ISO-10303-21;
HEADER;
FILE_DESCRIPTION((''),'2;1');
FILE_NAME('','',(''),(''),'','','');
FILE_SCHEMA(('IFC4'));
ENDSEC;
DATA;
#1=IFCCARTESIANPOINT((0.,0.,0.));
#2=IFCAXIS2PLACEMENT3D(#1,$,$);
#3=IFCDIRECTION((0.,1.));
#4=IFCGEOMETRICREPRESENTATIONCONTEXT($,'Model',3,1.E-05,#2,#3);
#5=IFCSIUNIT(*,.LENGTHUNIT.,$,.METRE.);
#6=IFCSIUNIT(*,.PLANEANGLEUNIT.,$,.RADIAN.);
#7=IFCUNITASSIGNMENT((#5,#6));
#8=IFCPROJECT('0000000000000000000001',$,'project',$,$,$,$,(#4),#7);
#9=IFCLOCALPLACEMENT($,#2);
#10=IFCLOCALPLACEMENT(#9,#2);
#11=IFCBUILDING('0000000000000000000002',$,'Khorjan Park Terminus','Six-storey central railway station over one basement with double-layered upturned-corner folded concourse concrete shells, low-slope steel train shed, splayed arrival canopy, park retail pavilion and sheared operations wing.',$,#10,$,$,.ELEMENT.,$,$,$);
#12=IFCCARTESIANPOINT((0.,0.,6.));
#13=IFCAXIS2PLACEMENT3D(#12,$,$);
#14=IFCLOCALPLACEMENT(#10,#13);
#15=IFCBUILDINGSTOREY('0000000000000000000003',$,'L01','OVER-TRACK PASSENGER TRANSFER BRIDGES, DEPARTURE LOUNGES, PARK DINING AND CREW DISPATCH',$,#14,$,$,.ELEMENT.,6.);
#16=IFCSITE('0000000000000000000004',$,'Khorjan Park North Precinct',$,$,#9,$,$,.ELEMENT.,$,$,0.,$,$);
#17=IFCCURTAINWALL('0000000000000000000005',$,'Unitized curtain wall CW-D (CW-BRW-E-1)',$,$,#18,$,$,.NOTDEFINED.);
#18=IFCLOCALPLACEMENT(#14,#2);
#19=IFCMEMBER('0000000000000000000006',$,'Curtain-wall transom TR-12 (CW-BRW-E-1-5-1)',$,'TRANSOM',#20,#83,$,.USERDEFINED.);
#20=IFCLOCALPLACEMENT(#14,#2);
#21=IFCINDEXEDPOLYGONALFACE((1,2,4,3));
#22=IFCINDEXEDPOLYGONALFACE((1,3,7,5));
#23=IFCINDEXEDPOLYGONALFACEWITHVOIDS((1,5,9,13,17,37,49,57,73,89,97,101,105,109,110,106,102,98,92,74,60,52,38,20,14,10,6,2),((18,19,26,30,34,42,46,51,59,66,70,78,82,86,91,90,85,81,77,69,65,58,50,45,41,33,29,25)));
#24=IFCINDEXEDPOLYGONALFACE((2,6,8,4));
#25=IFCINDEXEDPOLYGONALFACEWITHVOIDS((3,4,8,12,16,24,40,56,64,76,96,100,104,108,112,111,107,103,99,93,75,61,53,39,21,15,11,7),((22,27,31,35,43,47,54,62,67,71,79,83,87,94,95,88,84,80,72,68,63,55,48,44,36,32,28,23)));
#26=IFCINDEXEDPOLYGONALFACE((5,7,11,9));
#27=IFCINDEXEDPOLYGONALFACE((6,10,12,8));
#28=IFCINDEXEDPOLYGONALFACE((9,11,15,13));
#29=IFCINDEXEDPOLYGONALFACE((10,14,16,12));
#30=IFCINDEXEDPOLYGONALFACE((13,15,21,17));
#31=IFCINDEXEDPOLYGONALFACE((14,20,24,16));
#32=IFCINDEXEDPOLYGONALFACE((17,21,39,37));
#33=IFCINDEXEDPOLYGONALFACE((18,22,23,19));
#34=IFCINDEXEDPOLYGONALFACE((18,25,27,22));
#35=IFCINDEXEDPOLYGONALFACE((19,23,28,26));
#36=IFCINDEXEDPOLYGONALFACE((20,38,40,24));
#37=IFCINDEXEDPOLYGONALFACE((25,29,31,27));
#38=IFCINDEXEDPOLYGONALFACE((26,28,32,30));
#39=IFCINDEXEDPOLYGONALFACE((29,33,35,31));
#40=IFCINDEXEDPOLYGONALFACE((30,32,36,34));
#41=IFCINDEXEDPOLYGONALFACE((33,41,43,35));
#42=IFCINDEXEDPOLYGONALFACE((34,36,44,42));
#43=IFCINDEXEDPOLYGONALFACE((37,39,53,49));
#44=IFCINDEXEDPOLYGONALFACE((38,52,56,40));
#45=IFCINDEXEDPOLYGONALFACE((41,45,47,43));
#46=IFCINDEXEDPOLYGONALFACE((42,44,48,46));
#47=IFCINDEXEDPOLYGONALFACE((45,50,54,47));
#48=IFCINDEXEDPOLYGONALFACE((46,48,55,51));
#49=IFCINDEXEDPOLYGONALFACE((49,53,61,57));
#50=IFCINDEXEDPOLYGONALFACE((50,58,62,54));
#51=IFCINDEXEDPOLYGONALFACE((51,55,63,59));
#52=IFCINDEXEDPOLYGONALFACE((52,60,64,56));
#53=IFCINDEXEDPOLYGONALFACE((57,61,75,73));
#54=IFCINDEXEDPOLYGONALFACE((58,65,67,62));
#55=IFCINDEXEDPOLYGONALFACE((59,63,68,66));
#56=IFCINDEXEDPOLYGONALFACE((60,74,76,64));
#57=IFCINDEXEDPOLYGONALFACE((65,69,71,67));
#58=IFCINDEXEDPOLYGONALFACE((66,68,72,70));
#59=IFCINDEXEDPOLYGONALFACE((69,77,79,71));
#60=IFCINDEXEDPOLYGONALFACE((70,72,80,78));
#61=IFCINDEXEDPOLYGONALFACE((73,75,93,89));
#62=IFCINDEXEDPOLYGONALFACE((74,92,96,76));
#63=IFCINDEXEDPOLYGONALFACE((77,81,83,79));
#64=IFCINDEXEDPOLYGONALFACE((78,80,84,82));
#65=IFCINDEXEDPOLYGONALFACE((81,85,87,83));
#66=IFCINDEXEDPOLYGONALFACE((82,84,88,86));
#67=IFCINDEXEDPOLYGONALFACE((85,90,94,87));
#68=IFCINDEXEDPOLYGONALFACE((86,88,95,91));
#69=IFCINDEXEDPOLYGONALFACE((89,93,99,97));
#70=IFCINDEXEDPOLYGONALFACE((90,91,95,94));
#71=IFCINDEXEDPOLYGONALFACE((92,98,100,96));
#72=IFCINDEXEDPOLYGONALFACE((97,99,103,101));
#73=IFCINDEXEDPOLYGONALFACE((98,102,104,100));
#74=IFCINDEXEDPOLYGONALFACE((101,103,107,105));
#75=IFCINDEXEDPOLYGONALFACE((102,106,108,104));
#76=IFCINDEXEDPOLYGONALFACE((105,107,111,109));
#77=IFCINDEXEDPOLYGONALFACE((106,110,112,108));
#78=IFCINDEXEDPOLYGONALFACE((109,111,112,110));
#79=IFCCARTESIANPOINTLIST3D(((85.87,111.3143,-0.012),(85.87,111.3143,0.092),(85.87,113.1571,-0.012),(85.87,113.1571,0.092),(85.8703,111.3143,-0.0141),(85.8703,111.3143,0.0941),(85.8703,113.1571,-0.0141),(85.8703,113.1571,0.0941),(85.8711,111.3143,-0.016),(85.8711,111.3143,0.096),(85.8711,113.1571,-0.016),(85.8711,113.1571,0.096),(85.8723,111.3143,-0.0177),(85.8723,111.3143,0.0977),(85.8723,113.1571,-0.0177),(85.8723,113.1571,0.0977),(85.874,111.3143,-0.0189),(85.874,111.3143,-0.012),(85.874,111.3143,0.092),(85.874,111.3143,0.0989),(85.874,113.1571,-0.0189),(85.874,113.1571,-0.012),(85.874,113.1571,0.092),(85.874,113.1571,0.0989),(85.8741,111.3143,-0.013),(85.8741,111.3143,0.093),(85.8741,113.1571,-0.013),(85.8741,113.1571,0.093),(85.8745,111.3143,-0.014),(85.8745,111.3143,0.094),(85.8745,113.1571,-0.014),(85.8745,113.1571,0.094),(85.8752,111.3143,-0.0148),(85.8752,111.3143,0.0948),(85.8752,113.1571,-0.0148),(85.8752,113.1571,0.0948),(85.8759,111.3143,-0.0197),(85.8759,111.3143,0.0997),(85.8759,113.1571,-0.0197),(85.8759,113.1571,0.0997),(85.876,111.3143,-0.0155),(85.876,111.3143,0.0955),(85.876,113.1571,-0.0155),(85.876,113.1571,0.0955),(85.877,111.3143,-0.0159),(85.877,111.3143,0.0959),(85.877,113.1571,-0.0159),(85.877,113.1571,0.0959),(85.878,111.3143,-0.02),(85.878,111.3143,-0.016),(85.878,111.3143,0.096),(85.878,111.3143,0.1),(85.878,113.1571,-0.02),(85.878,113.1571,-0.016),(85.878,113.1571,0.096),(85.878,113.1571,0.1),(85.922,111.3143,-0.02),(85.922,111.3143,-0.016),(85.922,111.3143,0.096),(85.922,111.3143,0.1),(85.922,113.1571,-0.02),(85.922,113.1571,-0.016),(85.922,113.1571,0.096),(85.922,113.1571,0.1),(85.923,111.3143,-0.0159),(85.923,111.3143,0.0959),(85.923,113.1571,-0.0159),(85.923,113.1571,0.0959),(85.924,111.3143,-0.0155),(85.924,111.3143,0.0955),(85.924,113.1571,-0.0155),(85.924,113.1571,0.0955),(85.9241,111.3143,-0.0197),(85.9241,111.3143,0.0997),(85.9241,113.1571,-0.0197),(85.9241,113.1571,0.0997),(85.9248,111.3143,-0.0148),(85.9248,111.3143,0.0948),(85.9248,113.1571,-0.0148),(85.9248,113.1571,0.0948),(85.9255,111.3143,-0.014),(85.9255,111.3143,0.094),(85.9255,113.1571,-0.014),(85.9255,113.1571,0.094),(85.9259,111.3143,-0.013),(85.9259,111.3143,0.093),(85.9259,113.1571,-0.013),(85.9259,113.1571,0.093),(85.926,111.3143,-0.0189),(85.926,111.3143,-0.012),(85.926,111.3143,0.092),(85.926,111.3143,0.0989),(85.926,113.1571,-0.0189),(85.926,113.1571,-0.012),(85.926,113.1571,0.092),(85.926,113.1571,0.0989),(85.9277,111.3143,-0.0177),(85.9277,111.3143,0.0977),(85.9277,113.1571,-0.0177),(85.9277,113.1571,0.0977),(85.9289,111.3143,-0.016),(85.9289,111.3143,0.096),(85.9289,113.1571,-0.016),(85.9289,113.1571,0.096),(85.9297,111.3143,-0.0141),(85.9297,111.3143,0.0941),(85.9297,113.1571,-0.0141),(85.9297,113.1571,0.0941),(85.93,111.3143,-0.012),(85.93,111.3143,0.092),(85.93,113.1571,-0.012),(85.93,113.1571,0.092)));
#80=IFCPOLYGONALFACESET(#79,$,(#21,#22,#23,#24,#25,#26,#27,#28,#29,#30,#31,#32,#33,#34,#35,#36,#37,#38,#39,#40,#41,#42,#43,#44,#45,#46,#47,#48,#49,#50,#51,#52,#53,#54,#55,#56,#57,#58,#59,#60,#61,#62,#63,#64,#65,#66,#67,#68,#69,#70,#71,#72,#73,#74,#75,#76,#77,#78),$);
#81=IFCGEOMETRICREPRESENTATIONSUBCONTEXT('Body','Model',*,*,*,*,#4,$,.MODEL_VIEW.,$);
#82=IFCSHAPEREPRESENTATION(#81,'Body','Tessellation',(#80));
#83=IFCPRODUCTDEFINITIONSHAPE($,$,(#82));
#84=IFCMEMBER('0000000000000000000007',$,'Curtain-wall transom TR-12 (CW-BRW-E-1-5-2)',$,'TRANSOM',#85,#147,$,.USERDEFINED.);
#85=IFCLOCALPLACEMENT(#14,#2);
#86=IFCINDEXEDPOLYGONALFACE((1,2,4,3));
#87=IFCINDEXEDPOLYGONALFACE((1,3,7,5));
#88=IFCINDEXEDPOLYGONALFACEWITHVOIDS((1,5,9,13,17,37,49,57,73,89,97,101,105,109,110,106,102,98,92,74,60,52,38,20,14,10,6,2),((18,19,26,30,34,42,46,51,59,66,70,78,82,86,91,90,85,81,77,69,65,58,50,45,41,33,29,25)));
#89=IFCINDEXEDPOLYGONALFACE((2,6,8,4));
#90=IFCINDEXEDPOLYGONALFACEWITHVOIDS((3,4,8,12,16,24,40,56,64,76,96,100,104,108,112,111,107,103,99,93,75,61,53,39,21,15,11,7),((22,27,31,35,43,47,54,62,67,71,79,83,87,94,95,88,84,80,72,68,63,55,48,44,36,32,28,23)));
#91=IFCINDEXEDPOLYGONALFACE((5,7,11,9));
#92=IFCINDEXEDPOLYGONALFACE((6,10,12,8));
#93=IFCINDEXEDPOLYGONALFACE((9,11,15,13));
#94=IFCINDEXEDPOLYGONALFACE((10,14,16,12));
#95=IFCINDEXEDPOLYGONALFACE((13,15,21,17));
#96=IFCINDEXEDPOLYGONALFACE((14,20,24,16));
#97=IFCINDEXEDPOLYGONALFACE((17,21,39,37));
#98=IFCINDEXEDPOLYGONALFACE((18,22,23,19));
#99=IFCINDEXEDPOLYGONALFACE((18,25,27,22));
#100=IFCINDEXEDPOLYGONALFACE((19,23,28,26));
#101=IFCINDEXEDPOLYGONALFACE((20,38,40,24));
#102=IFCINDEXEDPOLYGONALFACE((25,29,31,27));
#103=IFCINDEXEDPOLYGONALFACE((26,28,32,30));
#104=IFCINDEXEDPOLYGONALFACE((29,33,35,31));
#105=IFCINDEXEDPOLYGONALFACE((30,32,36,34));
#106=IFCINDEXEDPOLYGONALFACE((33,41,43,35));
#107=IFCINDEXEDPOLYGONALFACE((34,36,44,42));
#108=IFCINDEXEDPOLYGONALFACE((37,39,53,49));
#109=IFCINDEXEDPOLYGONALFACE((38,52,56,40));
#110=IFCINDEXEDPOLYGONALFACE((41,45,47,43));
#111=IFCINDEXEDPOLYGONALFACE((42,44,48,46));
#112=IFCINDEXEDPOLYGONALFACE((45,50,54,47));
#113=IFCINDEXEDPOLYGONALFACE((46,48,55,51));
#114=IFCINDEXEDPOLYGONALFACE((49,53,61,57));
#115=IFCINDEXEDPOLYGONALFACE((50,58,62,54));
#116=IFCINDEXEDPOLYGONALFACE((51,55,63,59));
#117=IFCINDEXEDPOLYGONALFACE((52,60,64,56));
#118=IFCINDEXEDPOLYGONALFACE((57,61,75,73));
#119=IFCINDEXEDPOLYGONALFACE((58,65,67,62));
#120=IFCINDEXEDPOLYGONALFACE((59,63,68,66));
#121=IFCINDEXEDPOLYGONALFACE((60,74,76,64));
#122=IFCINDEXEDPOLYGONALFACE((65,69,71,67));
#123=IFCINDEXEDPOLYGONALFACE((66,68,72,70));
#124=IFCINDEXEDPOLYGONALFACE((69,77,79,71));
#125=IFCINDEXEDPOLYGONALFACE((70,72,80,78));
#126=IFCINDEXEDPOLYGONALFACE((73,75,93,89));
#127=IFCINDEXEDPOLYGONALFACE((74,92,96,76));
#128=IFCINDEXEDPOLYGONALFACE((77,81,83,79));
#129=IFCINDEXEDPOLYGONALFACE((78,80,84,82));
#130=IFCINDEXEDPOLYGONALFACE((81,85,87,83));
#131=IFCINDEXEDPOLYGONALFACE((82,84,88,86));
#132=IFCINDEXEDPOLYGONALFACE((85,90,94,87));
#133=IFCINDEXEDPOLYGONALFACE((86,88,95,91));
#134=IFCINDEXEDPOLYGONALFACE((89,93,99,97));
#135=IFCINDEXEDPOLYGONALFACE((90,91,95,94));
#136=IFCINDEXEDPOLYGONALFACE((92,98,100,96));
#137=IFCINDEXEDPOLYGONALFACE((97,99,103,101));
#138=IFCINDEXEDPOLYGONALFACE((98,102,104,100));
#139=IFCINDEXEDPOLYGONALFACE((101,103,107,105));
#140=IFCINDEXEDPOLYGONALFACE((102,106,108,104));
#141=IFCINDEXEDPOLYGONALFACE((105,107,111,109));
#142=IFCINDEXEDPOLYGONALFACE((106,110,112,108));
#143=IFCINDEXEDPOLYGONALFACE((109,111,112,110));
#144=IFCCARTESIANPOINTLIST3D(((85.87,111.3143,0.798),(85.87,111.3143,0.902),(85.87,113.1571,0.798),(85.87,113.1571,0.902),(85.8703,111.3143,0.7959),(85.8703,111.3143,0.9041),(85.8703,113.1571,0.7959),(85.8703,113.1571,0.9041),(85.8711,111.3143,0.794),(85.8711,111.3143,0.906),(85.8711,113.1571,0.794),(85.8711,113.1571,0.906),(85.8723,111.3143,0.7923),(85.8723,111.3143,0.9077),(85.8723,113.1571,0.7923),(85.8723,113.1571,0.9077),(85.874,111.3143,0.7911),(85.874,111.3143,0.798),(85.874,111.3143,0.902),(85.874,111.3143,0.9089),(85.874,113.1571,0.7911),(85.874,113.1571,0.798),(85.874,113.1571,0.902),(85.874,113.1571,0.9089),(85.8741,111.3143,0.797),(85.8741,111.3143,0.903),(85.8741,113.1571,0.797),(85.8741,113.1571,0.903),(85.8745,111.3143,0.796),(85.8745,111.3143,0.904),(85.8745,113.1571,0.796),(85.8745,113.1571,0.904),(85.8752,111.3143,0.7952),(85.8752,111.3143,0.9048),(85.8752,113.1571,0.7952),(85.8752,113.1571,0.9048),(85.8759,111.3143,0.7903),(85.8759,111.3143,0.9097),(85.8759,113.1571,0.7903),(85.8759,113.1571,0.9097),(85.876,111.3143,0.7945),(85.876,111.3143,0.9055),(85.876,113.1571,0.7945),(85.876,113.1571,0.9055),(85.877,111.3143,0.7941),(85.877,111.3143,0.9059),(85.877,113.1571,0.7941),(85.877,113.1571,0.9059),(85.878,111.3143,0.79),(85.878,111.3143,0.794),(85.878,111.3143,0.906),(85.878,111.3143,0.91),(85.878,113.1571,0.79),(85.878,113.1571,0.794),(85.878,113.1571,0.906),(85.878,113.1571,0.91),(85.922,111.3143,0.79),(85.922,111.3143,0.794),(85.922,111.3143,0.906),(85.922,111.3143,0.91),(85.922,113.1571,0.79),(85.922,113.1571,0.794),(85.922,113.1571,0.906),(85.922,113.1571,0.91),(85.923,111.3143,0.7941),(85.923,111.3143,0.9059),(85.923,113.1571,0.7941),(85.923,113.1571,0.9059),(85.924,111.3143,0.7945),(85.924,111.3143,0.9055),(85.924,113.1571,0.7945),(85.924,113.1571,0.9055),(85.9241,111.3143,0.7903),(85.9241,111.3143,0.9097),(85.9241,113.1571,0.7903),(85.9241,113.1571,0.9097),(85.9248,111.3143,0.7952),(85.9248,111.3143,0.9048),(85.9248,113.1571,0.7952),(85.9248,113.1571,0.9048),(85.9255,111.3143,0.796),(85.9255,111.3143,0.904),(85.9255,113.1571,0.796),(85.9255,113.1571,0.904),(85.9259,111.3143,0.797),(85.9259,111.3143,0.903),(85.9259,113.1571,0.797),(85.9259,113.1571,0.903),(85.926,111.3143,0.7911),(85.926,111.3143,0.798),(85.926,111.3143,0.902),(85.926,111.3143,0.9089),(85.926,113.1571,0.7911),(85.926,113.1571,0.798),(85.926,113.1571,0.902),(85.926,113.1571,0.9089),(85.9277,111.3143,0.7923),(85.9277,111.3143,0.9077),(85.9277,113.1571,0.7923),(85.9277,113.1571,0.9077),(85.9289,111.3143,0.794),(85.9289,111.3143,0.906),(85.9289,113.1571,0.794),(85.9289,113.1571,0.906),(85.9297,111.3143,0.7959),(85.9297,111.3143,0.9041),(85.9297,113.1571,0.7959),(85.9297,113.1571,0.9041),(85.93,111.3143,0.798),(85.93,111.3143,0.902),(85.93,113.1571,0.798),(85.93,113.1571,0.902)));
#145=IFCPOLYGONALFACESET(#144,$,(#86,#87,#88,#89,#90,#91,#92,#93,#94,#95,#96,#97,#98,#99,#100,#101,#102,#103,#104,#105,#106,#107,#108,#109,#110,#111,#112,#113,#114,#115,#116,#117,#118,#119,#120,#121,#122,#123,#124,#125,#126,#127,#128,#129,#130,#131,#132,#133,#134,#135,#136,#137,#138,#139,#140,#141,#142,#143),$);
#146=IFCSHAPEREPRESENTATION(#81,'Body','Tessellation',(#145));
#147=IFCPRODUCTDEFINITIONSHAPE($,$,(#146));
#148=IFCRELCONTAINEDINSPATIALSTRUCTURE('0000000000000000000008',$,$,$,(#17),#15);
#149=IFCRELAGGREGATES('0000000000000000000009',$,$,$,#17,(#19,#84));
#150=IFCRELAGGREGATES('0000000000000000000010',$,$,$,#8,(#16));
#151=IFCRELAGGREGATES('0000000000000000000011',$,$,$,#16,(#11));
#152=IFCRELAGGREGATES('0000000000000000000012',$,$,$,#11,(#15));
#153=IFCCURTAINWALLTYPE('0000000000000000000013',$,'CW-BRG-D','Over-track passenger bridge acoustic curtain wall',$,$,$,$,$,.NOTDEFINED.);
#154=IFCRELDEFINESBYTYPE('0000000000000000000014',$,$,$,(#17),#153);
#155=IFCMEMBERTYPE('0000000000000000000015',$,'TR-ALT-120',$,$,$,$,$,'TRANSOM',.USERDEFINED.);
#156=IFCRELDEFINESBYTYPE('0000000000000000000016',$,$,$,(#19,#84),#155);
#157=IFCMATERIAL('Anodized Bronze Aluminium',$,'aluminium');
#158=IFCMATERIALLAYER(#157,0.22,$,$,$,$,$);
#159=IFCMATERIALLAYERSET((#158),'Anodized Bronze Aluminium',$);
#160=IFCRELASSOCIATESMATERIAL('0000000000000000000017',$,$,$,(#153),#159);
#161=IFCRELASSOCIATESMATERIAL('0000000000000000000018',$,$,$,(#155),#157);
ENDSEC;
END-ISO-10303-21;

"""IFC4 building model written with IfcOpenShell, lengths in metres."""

from ifc_helpers import new_model, si_unit, direction, frame, origin, origin_2d, place, context, subcontext, project, spatial, hollow_rectangle, extrude, material, layer, layer_set, material_profile, profile_set, type_object, element, aggregate, save


model = new_model("IFC4")

# Units and contexts
model_context = context("Model", 3, precision=1e-05, world=origin(), true_north=direction((0.0, 1.0)))
body_context = subcontext(model_context, "Body", "Model", "MODEL_VIEW")
ifc_project = project(units=[si_unit("LENGTHUNIT", "METRE"), si_unit("PLANEANGLEUNIT", "RADIAN")], contexts=[model_context])

# Site, building, storey
site_placement = place(None, origin())
site = spatial("IfcSite", under=ifc_project, at=site_placement, Name="Khorjan Park North Precinct", CompositionType="ELEMENT", RefElevation=0.0)
building_placement = place(site_placement, origin())
building = spatial("IfcBuilding", under=site, at=building_placement, Name="Khorjan Park Terminus", Description="Six-storey central railway station over one basement with double-layered upturned-corner folded concourse concrete shells, low-slope steel train shed, splayed arrival canopy, park retail pavilion and sheared operations wing.", CompositionType="ELEMENT")
storey_placement = place(building_placement, frame((0.0, 0.0, 6.0)))
storey = spatial("IfcBuildingStorey", under=building, at=storey_placement, Name="L01", Description="OVER-TRACK PASSENGER TRANSFER BRIDGES, DEPARTURE LOUNGES, PARK DINING AND CREW DISPATCH", CompositionType="ELEMENT", Elevation=6.0)

# Curtain wall
ifc_material_1 = material(Name="Anodized Bronze Aluminium", Category="aluminium")
ifc_layer_1 = layer(ifc_material_1, 0.22)
ifc_layer_set_1 = layer_set([ifc_layer_1], Name="Anodized Bronze Aluminium")
curtain_wall_type = type_object("IfcCurtainWallType", Name="CW-BRG-D", Description="Over-track passenger bridge acoustic curtain wall", PredefinedType="NOTDEFINED", material=ifc_layer_set_1)
curtain_wall_1_placement = place(storey_placement, origin())
curtain_wall_1 = element("IfcCurtainWall", 1, at=curtain_wall_1_placement, inside=storey, type_object=curtain_wall_type, Name="Unitized curtain wall CW-D (CW-BRW-E-1)", PredefinedType="NOTDEFINED")

# Members
ifc_material_profile_1 = material_profile(ifc_material_1, hollow_rectangle(XDim=0.06, YDim=0.12, WallThickness=0.004, InnerFilletRadius=0.004, OuterFilletRadius=0.008, at=origin_2d()), Name="ALT 60x120x4")
ifc_profile_set_1 = profile_set([ifc_material_profile_1], Name="Anodized Bronze Aluminium")
member_type_1 = type_object("IfcMemberType", Name="TR-ALT-120", ElementType="TRANSOM", PredefinedType="USERDEFINED", material=ifc_profile_set_1)
member_1_placement = place(storey_placement, frame((85.9, 111.3143, 0.04), z_axis=(0.0, 1.0, 0.0), x_axis=(-1.0, 0.0, 0.0)))
member_1 = element("IfcMember", 2, at=member_1_placement, type_object=member_type_1, Name="Curtain-wall transom TR-12 (CW-BRW-E-1-5-1)", ObjectType="TRANSOM", PredefinedType="USERDEFINED", context=body_context, shape_type="SweptSolid", body=[
    extrude(hollow_rectangle(XDim=0.06, YDim=0.12, WallThickness=0.004, InnerFilletRadius=0.004, OuterFilletRadius=0.008, at=origin_2d()), origin(), (0.0, 0.0, 1.0), 1.8428),
])
member_2_placement = place(storey_placement, frame((85.9, 111.3143, 0.85), z_axis=(0.0, 1.0, 0.0), x_axis=(-1.0, 0.0, 0.0)))
member_2 = element("IfcMember", 3, at=member_2_placement, type_object=member_type_1, Name="Curtain-wall transom TR-12 (CW-BRW-E-1-5-2)", ObjectType="TRANSOM", PredefinedType="USERDEFINED", context=body_context, shape_type="SweptSolid", body=[
    extrude(hollow_rectangle(XDim=0.06, YDim=0.12, WallThickness=0.004, InnerFilletRadius=0.004, OuterFilletRadius=0.008, at=origin_2d()), origin(), (0.0, 0.0, 1.0), 1.8428),
])

aggregate(curtain_wall_1, [member_1, member_2])

save(model, "model.ifc")
